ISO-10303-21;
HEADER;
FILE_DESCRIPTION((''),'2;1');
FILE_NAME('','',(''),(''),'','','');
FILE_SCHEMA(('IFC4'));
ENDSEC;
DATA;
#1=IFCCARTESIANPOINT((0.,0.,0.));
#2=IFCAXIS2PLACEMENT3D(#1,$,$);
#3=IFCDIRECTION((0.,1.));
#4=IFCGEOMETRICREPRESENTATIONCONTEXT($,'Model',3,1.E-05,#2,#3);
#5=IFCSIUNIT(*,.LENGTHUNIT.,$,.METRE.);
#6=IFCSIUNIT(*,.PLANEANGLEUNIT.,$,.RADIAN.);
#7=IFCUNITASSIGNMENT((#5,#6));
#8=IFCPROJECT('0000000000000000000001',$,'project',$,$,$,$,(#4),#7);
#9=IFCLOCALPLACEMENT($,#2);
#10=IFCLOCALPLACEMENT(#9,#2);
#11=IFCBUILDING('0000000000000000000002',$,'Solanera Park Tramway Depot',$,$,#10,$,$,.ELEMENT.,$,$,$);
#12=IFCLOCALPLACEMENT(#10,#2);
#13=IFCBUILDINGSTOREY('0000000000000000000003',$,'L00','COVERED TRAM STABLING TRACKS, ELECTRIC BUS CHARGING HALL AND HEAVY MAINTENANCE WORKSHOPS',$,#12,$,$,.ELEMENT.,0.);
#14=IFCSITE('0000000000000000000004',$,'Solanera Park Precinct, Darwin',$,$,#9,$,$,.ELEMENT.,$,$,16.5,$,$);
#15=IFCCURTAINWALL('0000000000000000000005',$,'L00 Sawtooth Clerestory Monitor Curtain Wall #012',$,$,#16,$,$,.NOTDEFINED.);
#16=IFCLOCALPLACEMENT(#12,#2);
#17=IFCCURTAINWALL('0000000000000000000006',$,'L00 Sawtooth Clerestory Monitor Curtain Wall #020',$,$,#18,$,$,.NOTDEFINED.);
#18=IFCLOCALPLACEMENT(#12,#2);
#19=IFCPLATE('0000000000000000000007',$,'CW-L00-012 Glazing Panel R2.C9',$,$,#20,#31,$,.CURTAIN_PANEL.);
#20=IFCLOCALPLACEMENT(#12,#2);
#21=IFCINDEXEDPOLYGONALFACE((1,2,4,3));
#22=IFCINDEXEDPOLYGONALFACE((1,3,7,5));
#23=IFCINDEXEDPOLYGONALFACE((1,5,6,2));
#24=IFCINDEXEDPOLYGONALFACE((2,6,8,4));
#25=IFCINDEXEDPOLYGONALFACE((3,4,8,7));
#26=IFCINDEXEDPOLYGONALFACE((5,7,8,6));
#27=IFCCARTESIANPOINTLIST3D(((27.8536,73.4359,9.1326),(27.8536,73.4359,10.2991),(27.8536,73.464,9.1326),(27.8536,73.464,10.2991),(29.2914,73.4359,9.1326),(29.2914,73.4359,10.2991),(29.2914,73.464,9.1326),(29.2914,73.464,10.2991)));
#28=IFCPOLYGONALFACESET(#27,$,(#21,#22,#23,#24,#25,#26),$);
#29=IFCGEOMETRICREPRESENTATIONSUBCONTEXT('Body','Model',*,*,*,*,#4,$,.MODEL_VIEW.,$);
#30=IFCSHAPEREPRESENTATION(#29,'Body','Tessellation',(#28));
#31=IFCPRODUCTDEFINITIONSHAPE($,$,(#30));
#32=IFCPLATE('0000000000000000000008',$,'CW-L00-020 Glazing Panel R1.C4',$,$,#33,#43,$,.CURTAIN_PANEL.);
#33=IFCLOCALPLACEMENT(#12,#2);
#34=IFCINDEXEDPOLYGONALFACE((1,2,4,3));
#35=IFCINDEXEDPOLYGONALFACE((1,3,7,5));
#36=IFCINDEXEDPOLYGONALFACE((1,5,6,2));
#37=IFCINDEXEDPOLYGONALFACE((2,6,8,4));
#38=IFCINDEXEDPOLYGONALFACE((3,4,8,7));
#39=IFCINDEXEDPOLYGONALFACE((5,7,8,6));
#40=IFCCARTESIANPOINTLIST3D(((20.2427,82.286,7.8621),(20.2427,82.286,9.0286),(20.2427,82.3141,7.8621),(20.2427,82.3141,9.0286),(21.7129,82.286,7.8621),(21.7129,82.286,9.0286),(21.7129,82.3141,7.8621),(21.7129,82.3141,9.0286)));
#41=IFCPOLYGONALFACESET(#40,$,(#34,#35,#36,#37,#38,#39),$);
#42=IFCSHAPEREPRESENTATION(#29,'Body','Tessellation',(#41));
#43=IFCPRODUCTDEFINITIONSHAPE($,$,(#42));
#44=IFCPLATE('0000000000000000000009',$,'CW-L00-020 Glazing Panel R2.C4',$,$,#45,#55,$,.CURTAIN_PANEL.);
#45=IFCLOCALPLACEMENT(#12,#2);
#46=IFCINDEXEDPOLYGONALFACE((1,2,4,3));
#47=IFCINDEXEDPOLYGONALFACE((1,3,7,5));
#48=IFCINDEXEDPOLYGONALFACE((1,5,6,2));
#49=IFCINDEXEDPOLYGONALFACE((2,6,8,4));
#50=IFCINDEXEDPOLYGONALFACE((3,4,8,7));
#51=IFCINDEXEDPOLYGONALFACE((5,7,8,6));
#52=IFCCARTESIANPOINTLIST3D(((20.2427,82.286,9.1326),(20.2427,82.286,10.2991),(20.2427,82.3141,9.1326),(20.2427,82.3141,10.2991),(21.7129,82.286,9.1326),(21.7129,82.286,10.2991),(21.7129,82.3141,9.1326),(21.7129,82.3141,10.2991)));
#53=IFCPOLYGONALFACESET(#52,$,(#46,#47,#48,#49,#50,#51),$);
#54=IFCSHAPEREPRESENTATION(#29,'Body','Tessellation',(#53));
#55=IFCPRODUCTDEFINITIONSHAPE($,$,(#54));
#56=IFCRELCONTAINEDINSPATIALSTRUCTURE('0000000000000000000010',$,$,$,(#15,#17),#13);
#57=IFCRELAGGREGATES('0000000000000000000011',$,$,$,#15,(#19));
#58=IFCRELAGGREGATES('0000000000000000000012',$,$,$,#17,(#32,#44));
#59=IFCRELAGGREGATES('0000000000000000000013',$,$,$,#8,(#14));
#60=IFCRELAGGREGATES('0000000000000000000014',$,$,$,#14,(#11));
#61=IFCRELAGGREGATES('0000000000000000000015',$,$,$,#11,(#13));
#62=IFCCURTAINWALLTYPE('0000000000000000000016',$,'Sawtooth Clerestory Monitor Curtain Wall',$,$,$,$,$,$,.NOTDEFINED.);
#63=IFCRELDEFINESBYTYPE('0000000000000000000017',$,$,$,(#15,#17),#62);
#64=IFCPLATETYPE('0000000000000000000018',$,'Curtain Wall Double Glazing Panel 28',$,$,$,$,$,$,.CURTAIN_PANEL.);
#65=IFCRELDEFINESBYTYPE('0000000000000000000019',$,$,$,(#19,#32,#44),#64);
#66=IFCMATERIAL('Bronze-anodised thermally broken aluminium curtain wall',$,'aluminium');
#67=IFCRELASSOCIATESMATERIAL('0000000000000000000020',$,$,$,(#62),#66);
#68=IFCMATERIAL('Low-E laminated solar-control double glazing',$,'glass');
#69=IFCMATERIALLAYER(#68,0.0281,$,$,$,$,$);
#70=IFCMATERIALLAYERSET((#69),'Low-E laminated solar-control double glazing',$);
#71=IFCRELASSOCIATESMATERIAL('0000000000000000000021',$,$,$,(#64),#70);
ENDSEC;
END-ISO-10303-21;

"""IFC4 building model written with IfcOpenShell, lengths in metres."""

from ifc_helpers import new_model, si_unit, direction, frame, origin, origin_2d, place, context, subcontext, project, spatial, rectangle, extrude, material, layer, layer_set, type_object, element, aggregate, save


model = new_model("IFC4")

# Units and contexts
model_context = context("Model", 3, precision=1e-05, world=origin(), true_north=direction((0.0, 1.0)))
body_context = subcontext(model_context, "Body", "Model", "MODEL_VIEW")
ifc_project = project(units=[si_unit("LENGTHUNIT", "METRE"), si_unit("PLANEANGLEUNIT", "RADIAN")], contexts=[model_context])

# Site, building, storey
site_placement = place(None, origin())
site = spatial("IfcSite", under=ifc_project, at=site_placement, Name="Solanera Park Precinct, Darwin", CompositionType="ELEMENT", RefElevation=16.5)
building_placement = place(site_placement, origin())
building = spatial("IfcBuilding", under=site, at=building_placement, Name="Solanera Park Tramway Depot", CompositionType="ELEMENT")
storey_placement = place(building_placement, origin())
storey = spatial("IfcBuildingStorey", under=building, at=storey_placement, Name="L00", Description="COVERED TRAM STABLING TRACKS, ELECTRIC BUS CHARGING HALL AND HEAVY MAINTENANCE WORKSHOPS", CompositionType="ELEMENT", Elevation=0.0)

# Curtain wall
ifc_material_1 = material(Name="Bronze-anodised thermally broken aluminium curtain wall", Category="aluminium")
curtain_wall_type = type_object("IfcCurtainWallType", Name="Sawtooth Clerestory Monitor Curtain Wall", PredefinedType="NOTDEFINED", material=ifc_material_1)
curtain_wall_1_placement = place(storey_placement, origin())
curtain_wall_1 = element("IfcCurtainWall", 1, at=curtain_wall_1_placement, inside=storey, type_object=curtain_wall_type, Name="L00 Sawtooth Clerestory Monitor Curtain Wall #012", PredefinedType="NOTDEFINED")

# Curtain wall
curtain_wall_2_placement = place(storey_placement, origin())
curtain_wall_2 = element("IfcCurtainWall", 2, at=curtain_wall_2_placement, inside=storey, type_object=curtain_wall_type, Name="L00 Sawtooth Clerestory Monitor Curtain Wall #020", PredefinedType="NOTDEFINED")

# Plates
ifc_material_2 = material(Name="Low-E laminated solar-control double glazing", Category="glass")
ifc_layer = layer(ifc_material_2, 0.0281)
ifc_layer_set = layer_set([ifc_layer], Name="Low-E laminated solar-control double glazing")
plate_type = type_object("IfcPlateType", Name="Curtain Wall Double Glazing Panel 28", PredefinedType="CURTAIN_PANEL", material=ifc_layer_set)
plate_1_placement = place(storey_placement, frame((28.5725, 73.45, 9.1326), z_axis=(0.0, 0.0, 1.0), x_axis=(1.0, 0.0, 0.0)))
plate_1 = element("IfcPlate", 3, at=plate_1_placement, type_object=plate_type, Name="CW-L00-012 Glazing Panel R2.C9", PredefinedType="CURTAIN_PANEL", context=body_context, shape_type="SweptSolid", body=[
    extrude(rectangle(XDim=1.4377, YDim=0.0281, at=origin_2d()), origin(), (0.0, 0.0, 1.0), 1.1665),
])
aggregate(curtain_wall_1, [plate_1])
plate_2_placement = place(storey_placement, frame((20.9778, 82.3, 7.8621), z_axis=(0.0, 0.0, 1.0), x_axis=(1.0, 0.0, 0.0)))
plate_2 = element("IfcPlate", 4, at=plate_2_placement, type_object=plate_type, Name="CW-L00-020 Glazing Panel R1.C4", PredefinedType="CURTAIN_PANEL", context=body_context, shape_type="SweptSolid", body=[
    extrude(rectangle(XDim=1.4702, YDim=0.0281, at=origin_2d()), origin(), (0.0, 0.0, 1.0), 1.1665),
])
plate_3_placement = place(storey_placement, frame((20.9778, 82.3, 9.1326), z_axis=(0.0, 0.0, 1.0), x_axis=(1.0, 0.0, 0.0)))
plate_3 = element("IfcPlate", 5, at=plate_3_placement, type_object=plate_type, Name="CW-L00-020 Glazing Panel R2.C4", PredefinedType="CURTAIN_PANEL", context=body_context, shape_type="SweptSolid", body=[
    extrude(rectangle(XDim=1.4702, YDim=0.0281, at=origin_2d()), origin(), (0.0, 0.0, 1.0), 1.1665),
])
aggregate(curtain_wall_2, [plate_2, plate_3])

save(model, "model.ifc")
